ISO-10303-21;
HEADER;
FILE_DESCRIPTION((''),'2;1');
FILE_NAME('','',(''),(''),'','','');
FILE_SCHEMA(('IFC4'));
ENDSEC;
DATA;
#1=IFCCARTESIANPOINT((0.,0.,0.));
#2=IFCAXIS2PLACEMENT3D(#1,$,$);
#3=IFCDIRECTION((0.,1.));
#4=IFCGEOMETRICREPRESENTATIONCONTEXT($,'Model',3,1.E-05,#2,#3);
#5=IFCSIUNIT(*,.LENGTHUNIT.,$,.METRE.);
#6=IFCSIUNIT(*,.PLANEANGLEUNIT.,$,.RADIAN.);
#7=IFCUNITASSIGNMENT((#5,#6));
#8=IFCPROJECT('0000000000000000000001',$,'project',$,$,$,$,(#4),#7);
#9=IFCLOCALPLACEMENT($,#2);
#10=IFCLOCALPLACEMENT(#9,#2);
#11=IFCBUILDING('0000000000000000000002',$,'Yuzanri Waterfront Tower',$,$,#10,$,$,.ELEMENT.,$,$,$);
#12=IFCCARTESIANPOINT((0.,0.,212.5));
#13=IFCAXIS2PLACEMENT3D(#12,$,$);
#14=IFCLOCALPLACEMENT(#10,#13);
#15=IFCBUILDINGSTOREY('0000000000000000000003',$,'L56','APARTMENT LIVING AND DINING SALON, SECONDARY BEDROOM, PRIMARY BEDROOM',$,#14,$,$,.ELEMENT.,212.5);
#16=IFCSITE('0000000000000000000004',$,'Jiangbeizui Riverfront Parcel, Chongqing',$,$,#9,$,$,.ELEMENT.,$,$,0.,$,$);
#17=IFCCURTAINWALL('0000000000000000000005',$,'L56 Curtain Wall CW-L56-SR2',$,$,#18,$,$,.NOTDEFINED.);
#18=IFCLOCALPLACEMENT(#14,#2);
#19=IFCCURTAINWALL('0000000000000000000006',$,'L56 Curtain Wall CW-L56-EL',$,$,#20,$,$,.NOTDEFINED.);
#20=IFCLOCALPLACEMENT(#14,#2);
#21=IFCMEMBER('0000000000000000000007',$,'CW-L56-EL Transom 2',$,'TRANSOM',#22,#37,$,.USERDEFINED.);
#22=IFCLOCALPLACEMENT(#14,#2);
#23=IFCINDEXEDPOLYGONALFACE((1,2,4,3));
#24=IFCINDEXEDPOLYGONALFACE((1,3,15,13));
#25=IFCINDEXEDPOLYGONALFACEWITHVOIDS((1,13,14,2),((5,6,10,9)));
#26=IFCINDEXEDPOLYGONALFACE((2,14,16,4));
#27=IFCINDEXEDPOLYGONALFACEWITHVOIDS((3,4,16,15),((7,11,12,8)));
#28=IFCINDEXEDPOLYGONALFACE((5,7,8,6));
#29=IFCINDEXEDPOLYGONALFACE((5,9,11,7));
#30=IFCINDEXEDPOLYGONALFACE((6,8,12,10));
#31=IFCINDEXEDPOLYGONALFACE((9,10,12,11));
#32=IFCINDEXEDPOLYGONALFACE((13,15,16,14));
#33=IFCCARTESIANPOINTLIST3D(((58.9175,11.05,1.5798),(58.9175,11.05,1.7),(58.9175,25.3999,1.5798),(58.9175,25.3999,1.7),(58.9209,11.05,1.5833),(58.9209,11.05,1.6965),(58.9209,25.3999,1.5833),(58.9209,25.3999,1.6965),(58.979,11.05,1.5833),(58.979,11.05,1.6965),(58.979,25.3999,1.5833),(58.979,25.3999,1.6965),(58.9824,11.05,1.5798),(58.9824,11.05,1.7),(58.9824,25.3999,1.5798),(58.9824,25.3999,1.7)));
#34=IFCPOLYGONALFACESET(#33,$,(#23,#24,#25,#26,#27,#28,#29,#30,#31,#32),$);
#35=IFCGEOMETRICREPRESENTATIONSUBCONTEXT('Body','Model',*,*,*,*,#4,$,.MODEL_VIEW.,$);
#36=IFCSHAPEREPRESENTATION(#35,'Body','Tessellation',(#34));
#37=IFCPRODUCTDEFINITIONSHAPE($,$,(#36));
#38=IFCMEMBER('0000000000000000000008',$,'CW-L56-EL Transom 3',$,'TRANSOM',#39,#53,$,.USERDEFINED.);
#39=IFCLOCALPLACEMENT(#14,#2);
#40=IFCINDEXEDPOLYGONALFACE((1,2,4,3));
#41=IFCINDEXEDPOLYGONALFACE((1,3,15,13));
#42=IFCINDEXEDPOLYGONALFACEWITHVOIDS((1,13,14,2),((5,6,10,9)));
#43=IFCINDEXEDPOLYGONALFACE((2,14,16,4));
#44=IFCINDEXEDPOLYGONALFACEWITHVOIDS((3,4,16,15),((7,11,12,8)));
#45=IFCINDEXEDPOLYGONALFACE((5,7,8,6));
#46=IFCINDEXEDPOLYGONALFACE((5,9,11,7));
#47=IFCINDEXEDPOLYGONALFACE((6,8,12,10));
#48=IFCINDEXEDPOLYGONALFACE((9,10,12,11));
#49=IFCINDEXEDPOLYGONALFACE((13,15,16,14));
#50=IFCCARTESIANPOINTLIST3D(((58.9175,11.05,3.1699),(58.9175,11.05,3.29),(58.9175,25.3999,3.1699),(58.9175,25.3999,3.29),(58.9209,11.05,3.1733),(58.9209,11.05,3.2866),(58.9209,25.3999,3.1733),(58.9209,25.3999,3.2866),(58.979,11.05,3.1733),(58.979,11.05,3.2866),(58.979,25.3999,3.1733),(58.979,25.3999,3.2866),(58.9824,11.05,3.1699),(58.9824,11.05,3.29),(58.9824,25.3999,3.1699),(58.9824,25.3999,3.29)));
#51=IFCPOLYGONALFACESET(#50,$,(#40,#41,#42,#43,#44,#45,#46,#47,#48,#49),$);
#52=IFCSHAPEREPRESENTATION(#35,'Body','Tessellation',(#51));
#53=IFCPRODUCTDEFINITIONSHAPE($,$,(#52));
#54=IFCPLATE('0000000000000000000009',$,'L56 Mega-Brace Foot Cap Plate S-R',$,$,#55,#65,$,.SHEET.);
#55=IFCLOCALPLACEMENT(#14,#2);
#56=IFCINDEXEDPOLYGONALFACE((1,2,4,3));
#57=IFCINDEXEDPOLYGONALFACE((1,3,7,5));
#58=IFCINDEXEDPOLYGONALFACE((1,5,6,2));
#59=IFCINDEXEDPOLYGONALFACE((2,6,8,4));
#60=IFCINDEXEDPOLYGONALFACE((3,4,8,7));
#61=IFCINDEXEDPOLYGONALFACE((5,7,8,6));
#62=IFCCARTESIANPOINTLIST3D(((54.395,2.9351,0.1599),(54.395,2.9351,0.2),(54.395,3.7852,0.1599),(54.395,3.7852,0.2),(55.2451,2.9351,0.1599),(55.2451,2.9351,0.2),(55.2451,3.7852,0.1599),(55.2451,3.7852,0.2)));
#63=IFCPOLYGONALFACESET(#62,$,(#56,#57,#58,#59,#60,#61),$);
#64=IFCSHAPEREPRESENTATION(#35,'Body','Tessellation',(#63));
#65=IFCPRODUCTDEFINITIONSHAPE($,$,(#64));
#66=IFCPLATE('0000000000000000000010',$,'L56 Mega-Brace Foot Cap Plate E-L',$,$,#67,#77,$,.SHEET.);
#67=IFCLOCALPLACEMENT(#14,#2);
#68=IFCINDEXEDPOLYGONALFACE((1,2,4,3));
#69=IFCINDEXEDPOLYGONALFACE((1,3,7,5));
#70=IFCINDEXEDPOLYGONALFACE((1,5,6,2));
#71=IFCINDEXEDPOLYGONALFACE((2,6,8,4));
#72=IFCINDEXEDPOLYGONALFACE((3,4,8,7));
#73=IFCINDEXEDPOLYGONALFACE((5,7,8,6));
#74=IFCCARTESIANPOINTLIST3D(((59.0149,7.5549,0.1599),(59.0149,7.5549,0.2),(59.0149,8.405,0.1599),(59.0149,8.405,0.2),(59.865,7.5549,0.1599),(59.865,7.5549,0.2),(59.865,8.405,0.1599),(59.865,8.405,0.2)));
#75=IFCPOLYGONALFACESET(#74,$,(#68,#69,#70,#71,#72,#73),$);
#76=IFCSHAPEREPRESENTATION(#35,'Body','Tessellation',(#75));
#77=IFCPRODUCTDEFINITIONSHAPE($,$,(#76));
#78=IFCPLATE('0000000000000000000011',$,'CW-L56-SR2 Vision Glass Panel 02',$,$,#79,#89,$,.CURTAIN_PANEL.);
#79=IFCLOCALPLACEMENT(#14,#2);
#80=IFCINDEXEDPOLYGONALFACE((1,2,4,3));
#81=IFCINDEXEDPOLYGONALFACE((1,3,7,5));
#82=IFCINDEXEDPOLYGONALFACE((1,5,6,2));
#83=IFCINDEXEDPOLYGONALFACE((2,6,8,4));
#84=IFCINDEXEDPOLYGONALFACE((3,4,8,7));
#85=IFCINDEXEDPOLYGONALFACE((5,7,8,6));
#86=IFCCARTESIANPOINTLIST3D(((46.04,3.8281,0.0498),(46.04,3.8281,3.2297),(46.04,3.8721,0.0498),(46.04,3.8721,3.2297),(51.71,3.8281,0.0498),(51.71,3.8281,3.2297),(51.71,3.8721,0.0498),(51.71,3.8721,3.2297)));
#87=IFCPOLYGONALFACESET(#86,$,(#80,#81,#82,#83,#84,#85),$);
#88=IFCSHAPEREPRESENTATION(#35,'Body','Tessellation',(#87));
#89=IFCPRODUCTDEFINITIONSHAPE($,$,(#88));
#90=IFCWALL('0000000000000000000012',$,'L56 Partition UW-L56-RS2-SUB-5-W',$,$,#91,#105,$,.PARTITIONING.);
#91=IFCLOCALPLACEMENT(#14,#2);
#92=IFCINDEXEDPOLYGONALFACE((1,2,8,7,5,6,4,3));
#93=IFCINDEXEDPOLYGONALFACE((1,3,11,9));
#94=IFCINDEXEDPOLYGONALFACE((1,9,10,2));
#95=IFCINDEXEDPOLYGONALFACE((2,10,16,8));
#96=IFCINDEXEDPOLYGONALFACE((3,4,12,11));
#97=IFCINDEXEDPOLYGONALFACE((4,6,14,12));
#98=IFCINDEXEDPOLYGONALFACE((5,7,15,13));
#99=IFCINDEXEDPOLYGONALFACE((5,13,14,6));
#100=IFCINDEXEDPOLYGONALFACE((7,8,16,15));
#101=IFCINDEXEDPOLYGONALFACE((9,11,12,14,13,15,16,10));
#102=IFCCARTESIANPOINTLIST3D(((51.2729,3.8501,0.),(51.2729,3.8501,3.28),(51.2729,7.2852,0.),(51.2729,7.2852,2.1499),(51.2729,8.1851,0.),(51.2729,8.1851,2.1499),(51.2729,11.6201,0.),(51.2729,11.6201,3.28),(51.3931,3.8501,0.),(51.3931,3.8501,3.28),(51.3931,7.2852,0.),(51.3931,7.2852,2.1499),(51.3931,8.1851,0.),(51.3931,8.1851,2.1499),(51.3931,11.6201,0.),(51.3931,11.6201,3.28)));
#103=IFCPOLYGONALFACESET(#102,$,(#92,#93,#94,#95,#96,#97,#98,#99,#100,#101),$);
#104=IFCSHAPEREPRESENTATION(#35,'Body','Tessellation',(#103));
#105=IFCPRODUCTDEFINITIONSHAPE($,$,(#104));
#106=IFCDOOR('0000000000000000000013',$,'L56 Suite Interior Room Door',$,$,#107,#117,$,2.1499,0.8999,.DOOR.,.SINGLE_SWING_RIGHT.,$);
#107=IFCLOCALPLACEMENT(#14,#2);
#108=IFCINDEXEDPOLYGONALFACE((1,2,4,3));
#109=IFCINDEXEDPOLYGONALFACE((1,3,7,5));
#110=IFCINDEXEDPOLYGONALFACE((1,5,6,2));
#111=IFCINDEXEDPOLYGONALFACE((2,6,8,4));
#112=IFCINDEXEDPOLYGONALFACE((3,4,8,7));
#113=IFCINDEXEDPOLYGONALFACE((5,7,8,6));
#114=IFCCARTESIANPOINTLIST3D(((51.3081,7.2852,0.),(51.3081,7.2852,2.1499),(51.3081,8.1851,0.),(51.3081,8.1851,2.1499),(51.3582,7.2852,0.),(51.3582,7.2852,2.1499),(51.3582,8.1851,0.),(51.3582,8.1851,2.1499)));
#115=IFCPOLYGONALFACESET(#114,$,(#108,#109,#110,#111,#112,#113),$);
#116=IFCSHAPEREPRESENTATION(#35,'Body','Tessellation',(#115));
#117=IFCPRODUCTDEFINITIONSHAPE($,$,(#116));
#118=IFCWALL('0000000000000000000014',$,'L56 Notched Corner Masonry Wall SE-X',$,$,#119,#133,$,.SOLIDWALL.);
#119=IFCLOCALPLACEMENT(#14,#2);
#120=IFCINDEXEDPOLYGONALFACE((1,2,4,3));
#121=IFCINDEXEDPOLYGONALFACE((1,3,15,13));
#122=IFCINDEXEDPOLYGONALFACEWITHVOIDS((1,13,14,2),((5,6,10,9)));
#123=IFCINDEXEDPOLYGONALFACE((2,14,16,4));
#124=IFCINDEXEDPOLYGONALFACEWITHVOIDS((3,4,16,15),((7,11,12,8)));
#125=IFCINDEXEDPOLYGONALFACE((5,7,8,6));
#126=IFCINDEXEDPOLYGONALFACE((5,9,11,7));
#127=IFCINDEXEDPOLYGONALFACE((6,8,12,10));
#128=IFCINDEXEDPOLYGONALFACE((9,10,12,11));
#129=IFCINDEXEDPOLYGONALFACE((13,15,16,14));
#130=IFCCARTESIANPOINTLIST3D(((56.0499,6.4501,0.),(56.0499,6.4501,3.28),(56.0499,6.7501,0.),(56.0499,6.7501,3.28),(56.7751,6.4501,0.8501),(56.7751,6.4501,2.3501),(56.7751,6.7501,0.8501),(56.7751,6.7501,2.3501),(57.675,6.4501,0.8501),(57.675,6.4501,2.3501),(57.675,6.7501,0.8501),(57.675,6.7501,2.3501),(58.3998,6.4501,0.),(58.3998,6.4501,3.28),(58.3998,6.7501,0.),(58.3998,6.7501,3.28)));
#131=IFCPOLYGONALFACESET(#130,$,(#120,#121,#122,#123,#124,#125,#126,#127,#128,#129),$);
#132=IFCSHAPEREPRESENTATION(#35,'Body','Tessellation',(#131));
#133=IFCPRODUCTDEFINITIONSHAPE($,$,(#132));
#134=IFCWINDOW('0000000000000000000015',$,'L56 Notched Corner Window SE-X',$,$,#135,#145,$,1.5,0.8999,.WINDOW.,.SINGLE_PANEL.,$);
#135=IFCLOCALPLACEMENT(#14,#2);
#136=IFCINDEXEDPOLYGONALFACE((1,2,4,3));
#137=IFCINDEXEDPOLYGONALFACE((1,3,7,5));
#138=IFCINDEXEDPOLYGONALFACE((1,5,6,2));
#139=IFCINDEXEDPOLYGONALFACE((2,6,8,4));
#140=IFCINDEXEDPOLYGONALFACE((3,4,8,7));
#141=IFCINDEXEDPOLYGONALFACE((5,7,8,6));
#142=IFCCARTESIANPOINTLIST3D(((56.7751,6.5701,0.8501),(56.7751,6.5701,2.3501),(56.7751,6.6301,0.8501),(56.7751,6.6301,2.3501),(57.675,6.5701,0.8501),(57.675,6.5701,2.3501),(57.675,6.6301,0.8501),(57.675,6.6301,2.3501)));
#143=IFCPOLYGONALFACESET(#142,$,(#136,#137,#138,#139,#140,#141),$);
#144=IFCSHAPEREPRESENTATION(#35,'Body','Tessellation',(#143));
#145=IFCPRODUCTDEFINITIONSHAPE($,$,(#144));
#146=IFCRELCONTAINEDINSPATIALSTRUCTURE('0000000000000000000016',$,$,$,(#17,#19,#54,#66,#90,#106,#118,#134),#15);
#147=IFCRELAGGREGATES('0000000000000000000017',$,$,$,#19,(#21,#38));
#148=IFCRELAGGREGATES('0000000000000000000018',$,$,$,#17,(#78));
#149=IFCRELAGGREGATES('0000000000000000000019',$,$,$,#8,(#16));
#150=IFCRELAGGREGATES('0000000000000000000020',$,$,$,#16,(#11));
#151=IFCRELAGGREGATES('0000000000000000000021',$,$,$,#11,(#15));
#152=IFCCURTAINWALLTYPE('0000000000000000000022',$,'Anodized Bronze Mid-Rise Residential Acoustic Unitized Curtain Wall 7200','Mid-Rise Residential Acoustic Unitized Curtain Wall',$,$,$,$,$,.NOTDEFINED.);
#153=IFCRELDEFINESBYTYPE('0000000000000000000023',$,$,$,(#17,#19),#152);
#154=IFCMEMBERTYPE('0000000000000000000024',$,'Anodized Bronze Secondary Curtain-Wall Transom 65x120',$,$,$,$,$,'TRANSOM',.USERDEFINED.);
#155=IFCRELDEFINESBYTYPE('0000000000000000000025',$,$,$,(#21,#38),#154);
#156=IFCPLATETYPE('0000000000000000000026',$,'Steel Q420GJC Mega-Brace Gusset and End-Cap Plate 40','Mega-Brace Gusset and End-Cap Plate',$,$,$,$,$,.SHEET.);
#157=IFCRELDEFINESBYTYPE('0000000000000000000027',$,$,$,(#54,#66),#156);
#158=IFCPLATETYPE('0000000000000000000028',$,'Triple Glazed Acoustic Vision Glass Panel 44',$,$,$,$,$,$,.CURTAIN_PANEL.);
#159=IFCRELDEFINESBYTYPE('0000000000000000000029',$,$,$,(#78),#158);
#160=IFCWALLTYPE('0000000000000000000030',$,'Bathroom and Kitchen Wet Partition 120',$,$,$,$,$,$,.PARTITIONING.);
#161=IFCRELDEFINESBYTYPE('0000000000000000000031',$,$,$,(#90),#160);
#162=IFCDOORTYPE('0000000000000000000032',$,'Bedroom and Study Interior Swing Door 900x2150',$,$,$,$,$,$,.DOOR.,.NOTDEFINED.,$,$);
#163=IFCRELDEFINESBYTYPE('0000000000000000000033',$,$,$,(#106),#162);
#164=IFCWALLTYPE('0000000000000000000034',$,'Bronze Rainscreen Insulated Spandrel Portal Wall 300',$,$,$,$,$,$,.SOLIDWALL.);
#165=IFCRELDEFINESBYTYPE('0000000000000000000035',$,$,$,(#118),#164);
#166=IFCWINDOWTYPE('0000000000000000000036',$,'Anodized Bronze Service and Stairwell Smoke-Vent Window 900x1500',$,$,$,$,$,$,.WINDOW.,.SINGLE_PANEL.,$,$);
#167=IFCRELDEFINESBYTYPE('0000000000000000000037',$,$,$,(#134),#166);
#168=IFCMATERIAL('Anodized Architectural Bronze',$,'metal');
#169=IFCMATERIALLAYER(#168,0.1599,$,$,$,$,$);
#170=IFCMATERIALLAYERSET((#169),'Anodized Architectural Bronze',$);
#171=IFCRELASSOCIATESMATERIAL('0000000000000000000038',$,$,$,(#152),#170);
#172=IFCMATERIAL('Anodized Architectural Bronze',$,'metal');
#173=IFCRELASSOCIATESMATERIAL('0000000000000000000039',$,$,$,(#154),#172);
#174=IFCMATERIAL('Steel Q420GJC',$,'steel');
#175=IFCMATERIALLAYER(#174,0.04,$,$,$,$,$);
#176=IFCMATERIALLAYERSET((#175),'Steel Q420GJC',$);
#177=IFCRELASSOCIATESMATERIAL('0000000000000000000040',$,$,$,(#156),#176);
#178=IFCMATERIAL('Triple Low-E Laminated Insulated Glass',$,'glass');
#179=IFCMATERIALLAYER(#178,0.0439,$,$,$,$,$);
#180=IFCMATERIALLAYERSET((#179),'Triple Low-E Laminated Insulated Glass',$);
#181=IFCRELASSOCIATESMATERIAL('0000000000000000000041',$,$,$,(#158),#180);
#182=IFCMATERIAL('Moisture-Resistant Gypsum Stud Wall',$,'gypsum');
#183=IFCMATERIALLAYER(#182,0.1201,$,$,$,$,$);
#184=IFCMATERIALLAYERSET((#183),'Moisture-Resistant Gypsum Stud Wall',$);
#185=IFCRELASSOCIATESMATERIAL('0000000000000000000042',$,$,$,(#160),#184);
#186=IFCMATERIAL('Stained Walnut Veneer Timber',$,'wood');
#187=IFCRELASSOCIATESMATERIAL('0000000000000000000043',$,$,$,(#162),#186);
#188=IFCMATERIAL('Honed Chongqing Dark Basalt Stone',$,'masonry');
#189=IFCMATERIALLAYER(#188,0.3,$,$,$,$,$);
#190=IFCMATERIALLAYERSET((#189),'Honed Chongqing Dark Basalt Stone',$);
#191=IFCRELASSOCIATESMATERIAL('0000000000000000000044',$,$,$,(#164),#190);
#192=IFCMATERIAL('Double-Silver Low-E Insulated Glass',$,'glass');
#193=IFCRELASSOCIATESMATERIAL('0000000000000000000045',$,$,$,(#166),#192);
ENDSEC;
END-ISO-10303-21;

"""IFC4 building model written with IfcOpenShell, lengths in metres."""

from ifc_helpers import new_model, si_unit, direction, frame, frame_2d, origin, origin_2d, place, context, subcontext, project, spatial, rectangle, hollow_rectangle, extrude, source, transform, mapped, material, layer, layer_set, material_profile, profile_set, type_object, element, fill, aggregate, save


model = new_model("IFC4")

# Units and contexts
model_context = context("Model", 3, precision=1e-05, world=origin(), true_north=direction((0.0, 1.0)))
body_context = subcontext(model_context, "Body", "Model", "MODEL_VIEW")
ifc_project = project(units=[si_unit("LENGTHUNIT", "METRE"), si_unit("PLANEANGLEUNIT", "RADIAN")], contexts=[model_context])

# Site, building, storey
site_placement = place(None, origin())
site = spatial("IfcSite", under=ifc_project, at=site_placement, Name="Jiangbeizui Riverfront Parcel, Chongqing", CompositionType="ELEMENT", RefElevation=0.0)
building_placement = place(site_placement, origin())
building = spatial("IfcBuilding", under=site, at=building_placement, Name="Yuzanri Waterfront Tower", CompositionType="ELEMENT")
storey_placement = place(building_placement, frame((0.0, 0.0, 212.5)))
storey = spatial("IfcBuildingStorey", under=building, at=storey_placement, Name="L56", Description="APARTMENT LIVING AND DINING SALON, SECONDARY BEDROOM, PRIMARY BEDROOM", CompositionType="ELEMENT", Elevation=212.5)

# Curtain walls, members
ifc_material_1 = material(Name="Anodized Architectural Bronze", Category="metal")
ifc_layer_1 = layer(ifc_material_1, 0.1599)
ifc_layer_set_1 = layer_set([ifc_layer_1], Name="Anodized Architectural Bronze")
curtain_wall_type = type_object("IfcCurtainWallType", Name="Anodized Bronze Mid-Rise Residential Acoustic Unitized Curtain Wall 7200", Description="Mid-Rise Residential Acoustic Unitized Curtain Wall", PredefinedType="NOTDEFINED", material=ifc_layer_set_1)
curtain_wall_1_placement = place(storey_placement, origin())
curtain_wall_1 = element("IfcCurtainWall", 1, at=curtain_wall_1_placement, inside=storey, type_object=curtain_wall_type, Name="L56 Curtain Wall CW-L56-SR2", PredefinedType="NOTDEFINED")
curtain_wall_2_placement = place(storey_placement, origin())
curtain_wall_2 = element("IfcCurtainWall", 2, at=curtain_wall_2_placement, inside=storey, type_object=curtain_wall_type, Name="L56 Curtain Wall CW-L56-EL", PredefinedType="NOTDEFINED")
ifc_material_2 = material(Name="Anodized Architectural Bronze", Category="metal")
ifc_material_profile_1 = material_profile(ifc_material_2, hollow_rectangle(XDim=0.0649, YDim=0.1201, WallThickness=0.0034, at=origin_2d()), Name="CWT 65x120")
ifc_profile_set_1 = profile_set([ifc_material_profile_1], Name="Anodized Architectural Bronze")
member_type_1 = type_object("IfcMemberType", Name="Anodized Bronze Secondary Curtain-Wall Transom 65x120", ElementType="TRANSOM", PredefinedType="USERDEFINED", material=ifc_profile_set_1)
shared_shape_1 = source(origin(), body_context, "Body", "SweptSolid", [
    extrude(hollow_rectangle(XDim=0.0649, YDim=0.1201, WallThickness=0.0034, at=origin_2d()), origin(), (0.0, 0.0, 1.0), 14.3499),
])
member_1_placement = place(storey_placement, frame((58.95, 11.05, 1.6399), z_axis=(0.0, 1.0, 0.0), x_axis=(-1.0, 0.0, 0.0)))
member_1 = element("IfcMember", 3, at=member_1_placement, type_object=member_type_1, Name="CW-L56-EL Transom 2", ObjectType="TRANSOM", PredefinedType="USERDEFINED", context=body_context, shape_type="MappedRepresentation", body=[
    mapped(shared_shape_1, transform((0.0, 0.0, 0.0), scale=1.0)),
])
member_2_placement = place(storey_placement, frame((58.95, 11.05, 3.23), z_axis=(0.0, 1.0, 0.0), x_axis=(-1.0, 0.0, 0.0)))
member_2 = element("IfcMember", 4, at=member_2_placement, type_object=member_type_1, Name="CW-L56-EL Transom 3", ObjectType="TRANSOM", PredefinedType="USERDEFINED", context=body_context, shape_type="MappedRepresentation", body=[
    mapped(shared_shape_1, transform((0.0, 0.0, 0.0), scale=1.0)),
])
aggregate(curtain_wall_2, [member_1, member_2])

# Plates
ifc_material_3 = material(Name="Steel Q420GJC", Category="steel")
ifc_layer_2 = layer(ifc_material_3, 0.04)
ifc_layer_set_2 = layer_set([ifc_layer_2], Name="Steel Q420GJC")
plate_type_1 = type_object("IfcPlateType", Name="Steel Q420GJC Mega-Brace Gusset and End-Cap Plate 40", Description="Mega-Brace Gusset and End-Cap Plate", PredefinedType="SHEET", material=ifc_layer_set_2)
shared_shape_2 = source(origin(), body_context, "Body", "SweptSolid", [
    extrude(rectangle(XDim=0.8501, YDim=0.8501, at=origin_2d()), origin(), (0.0, 0.0, 1.0), 0.04),
])
for number, where, z_axis, x_axis, name in (
    (5, (54.8201, 3.3601, 0.1599), (0.0, 0.0, 1.0), (1.0, 0.0, 0.0), "L56 Mega-Brace Foot Cap Plate S-R"),
    (6, (59.4399, 7.98, 0.1599), (0.0, 0.0, 1.0), (1.0, 0.0, 0.0), "L56 Mega-Brace Foot Cap Plate E-L"),
):
    element("IfcPlate", number, at=place(storey_placement, frame(where, z_axis=z_axis, x_axis=x_axis)), inside=storey, type_object=plate_type_1, Name=name, PredefinedType="SHEET", context=body_context, shape_type="MappedRepresentation", body=[
        mapped(shared_shape_2, transform((0.0, 0.0, 0.0), scale=1.0)),
    ])

# Plate
ifc_material_4 = material(Name="Triple Low-E Laminated Insulated Glass", Category="glass")
ifc_layer_3 = layer(ifc_material_4, 0.0439)
ifc_layer_set_3 = layer_set([ifc_layer_3], Name="Triple Low-E Laminated Insulated Glass")
plate_type_2 = type_object("IfcPlateType", Name="Triple Glazed Acoustic Vision Glass Panel 44", PredefinedType="CURTAIN_PANEL", material=ifc_layer_set_3)
shared_shape_3 = source(origin(), body_context, "Body", "SweptSolid", [
    extrude(rectangle(XDim=5.6699, YDim=0.0439, at=origin_2d()), origin(), (0.0, 0.0, 1.0), 3.1799),
])
plate_placement = place(storey_placement, frame((48.875, 3.8501, 0.0498), z_axis=(0.0, 0.0, 1.0), x_axis=(1.0, 0.0, 0.0)))
plate = element("IfcPlate", 7, at=plate_placement, type_object=plate_type_2, Name="CW-L56-SR2 Vision Glass Panel 02", PredefinedType="CURTAIN_PANEL", context=body_context, shape_type="MappedRepresentation", body=[
    mapped(shared_shape_3, transform((0.0, 0.0, 0.0), scale=1.0)),
])
aggregate(curtain_wall_1, [plate])

# Wall, opening, door
ifc_material_5 = material(Name="Moisture-Resistant Gypsum Stud Wall", Category="gypsum")
ifc_layer_4 = layer(ifc_material_5, 0.1201)
ifc_layer_set_4 = layer_set([ifc_layer_4], Name="Moisture-Resistant Gypsum Stud Wall")
wall_type_1 = type_object("IfcWallType", Name="Bathroom and Kitchen Wet Partition 120", PredefinedType="PARTITIONING", material=ifc_layer_set_4)
wall_1_placement = place(storey_placement, frame((51.333, 3.8501, 0.0), z_axis=(0.0, 0.0, 1.0), x_axis=(0.0, 1.0, 0.0)))
wall_1 = element("IfcWall", 8, at=wall_1_placement, inside=storey, type_object=wall_type_1, Name="L56 Partition UW-L56-RS2-SUB-5-W", PredefinedType="PARTITIONING", context=body_context, shape_type="SweptSolid", body=[
    extrude(rectangle(XDim=7.77, YDim=0.1201, at=frame_2d((3.885, 0.0))), origin(), (0.0, 0.0, 1.0), 3.28),
])
opening_1_placement = place(wall_1_placement, frame((3.4351, 0.0, 0.0)))
opening_1 = element("IfcOpeningElement", 9, at=opening_1_placement, cuts=wall_1, PredefinedType="OPENING", context=body_context, shape_type="SweptSolid", body=[
    extrude(rectangle(XDim=0.8999, YDim=2.1499, at=frame_2d((0.45, 1.075))), frame((0.0, 0.075, 0.0), z_axis=(0.0, -1.0, 0.0), x_axis=(1.0, 0.0, 0.0)), (0.0, 0.0, 1.0), 0.1499),
])
ifc_material_6 = material(Name="Stained Walnut Veneer Timber", Category="wood")
door_type = type_object("IfcDoorType", Name="Bedroom and Study Interior Swing Door 900x2150", OperationType="NOTDEFINED", PredefinedType="DOOR", material=ifc_material_6)
shared_shape_4 = source(origin(), body_context, "Body", "SweptSolid", [
    extrude(rectangle(XDim=0.8999, YDim=2.1499, at=frame_2d((0.45, 1.075))), frame((0.0, 0.0249, 0.0), z_axis=(0.0, -1.0, 0.0), x_axis=(1.0, 0.0, 0.0)), (0.0, 0.0, 1.0), 0.05),
])
door_placement = place(opening_1_placement, origin())
door = element("IfcDoor", 10, at=door_placement, inside=storey, type_object=door_type, Name="L56 Suite Interior Room Door", OperationType="SINGLE_SWING_RIGHT", OverallHeight=2.1499, OverallWidth=0.8999, PredefinedType="DOOR", context=body_context, shape_type="MappedRepresentation", body=[
    mapped(shared_shape_4, transform((0.0, 0.0, 0.0), scale=1.0)),
])
fill(opening_1, door)

# Wall, opening, window
ifc_material_7 = material(Name="Honed Chongqing Dark Basalt Stone", Category="masonry")
ifc_layer_5 = layer(ifc_material_7, 0.3)
ifc_layer_set_5 = layer_set([ifc_layer_5], Name="Honed Chongqing Dark Basalt Stone")
wall_type_2 = type_object("IfcWallType", Name="Bronze Rainscreen Insulated Spandrel Portal Wall 300", PredefinedType="SOLIDWALL", material=ifc_layer_set_5)
wall_2_placement = place(storey_placement, frame((56.05, 6.6001, 0.0), z_axis=(0.0, 0.0, 1.0), x_axis=(1.0, 0.0, 0.0)))
wall_2 = element("IfcWall", 11, at=wall_2_placement, inside=storey, type_object=wall_type_2, Name="L56 Notched Corner Masonry Wall SE-X", PredefinedType="SOLIDWALL", context=body_context, shape_type="SweptSolid", body=[
    extrude(rectangle(XDim=2.3499, YDim=0.3, at=frame_2d((1.1748, 0.0))), origin(), (0.0, 0.0, 1.0), 3.28),
])
opening_2_placement = place(wall_2_placement, frame((0.7251, 0.0, 0.8501)))
opening_2 = element("IfcOpeningElement", 12, at=opening_2_placement, cuts=wall_2, PredefinedType="OPENING", context=body_context, shape_type="SweptSolid", body=[
    extrude(rectangle(XDim=0.8999, YDim=1.5, at=frame_2d((0.45, 0.75))), frame((0.0, 0.165, 0.0), z_axis=(0.0, -1.0, 0.0), x_axis=(1.0, 0.0, 0.0)), (0.0, 0.0, 1.0), 0.3298),
])
ifc_material_8 = material(Name="Double-Silver Low-E Insulated Glass", Category="glass")
window_type_1 = type_object("IfcWindowType", Name="Anodized Bronze Service and Stairwell Smoke-Vent Window 900x1500", PartitioningType="SINGLE_PANEL", PredefinedType="WINDOW", material=ifc_material_8)
shared_shape_5 = source(origin(), body_context, "Body", "SweptSolid", [
    extrude(rectangle(XDim=0.8999, YDim=1.5, at=frame_2d((0.45, 0.75))), frame((0.0, 0.03, 0.0), z_axis=(0.0, -1.0, 0.0), x_axis=(1.0, 0.0, 0.0)), (0.0, 0.0, 1.0), 0.0601),
])
window_1_placement = place(opening_2_placement, origin())
window_1 = element("IfcWindow", 13, at=window_1_placement, inside=storey, type_object=window_type_1, Name="L56 Notched Corner Window SE-X", OverallHeight=1.5, OverallWidth=0.8999, PartitioningType="SINGLE_PANEL", PredefinedType="WINDOW", context=body_context, shape_type="MappedRepresentation", body=[
    mapped(shared_shape_5, transform((0.0, 0.0, 0.0), scale=1.0)),
])
fill(opening_2, window_1)

save(model, "model.ifc")
